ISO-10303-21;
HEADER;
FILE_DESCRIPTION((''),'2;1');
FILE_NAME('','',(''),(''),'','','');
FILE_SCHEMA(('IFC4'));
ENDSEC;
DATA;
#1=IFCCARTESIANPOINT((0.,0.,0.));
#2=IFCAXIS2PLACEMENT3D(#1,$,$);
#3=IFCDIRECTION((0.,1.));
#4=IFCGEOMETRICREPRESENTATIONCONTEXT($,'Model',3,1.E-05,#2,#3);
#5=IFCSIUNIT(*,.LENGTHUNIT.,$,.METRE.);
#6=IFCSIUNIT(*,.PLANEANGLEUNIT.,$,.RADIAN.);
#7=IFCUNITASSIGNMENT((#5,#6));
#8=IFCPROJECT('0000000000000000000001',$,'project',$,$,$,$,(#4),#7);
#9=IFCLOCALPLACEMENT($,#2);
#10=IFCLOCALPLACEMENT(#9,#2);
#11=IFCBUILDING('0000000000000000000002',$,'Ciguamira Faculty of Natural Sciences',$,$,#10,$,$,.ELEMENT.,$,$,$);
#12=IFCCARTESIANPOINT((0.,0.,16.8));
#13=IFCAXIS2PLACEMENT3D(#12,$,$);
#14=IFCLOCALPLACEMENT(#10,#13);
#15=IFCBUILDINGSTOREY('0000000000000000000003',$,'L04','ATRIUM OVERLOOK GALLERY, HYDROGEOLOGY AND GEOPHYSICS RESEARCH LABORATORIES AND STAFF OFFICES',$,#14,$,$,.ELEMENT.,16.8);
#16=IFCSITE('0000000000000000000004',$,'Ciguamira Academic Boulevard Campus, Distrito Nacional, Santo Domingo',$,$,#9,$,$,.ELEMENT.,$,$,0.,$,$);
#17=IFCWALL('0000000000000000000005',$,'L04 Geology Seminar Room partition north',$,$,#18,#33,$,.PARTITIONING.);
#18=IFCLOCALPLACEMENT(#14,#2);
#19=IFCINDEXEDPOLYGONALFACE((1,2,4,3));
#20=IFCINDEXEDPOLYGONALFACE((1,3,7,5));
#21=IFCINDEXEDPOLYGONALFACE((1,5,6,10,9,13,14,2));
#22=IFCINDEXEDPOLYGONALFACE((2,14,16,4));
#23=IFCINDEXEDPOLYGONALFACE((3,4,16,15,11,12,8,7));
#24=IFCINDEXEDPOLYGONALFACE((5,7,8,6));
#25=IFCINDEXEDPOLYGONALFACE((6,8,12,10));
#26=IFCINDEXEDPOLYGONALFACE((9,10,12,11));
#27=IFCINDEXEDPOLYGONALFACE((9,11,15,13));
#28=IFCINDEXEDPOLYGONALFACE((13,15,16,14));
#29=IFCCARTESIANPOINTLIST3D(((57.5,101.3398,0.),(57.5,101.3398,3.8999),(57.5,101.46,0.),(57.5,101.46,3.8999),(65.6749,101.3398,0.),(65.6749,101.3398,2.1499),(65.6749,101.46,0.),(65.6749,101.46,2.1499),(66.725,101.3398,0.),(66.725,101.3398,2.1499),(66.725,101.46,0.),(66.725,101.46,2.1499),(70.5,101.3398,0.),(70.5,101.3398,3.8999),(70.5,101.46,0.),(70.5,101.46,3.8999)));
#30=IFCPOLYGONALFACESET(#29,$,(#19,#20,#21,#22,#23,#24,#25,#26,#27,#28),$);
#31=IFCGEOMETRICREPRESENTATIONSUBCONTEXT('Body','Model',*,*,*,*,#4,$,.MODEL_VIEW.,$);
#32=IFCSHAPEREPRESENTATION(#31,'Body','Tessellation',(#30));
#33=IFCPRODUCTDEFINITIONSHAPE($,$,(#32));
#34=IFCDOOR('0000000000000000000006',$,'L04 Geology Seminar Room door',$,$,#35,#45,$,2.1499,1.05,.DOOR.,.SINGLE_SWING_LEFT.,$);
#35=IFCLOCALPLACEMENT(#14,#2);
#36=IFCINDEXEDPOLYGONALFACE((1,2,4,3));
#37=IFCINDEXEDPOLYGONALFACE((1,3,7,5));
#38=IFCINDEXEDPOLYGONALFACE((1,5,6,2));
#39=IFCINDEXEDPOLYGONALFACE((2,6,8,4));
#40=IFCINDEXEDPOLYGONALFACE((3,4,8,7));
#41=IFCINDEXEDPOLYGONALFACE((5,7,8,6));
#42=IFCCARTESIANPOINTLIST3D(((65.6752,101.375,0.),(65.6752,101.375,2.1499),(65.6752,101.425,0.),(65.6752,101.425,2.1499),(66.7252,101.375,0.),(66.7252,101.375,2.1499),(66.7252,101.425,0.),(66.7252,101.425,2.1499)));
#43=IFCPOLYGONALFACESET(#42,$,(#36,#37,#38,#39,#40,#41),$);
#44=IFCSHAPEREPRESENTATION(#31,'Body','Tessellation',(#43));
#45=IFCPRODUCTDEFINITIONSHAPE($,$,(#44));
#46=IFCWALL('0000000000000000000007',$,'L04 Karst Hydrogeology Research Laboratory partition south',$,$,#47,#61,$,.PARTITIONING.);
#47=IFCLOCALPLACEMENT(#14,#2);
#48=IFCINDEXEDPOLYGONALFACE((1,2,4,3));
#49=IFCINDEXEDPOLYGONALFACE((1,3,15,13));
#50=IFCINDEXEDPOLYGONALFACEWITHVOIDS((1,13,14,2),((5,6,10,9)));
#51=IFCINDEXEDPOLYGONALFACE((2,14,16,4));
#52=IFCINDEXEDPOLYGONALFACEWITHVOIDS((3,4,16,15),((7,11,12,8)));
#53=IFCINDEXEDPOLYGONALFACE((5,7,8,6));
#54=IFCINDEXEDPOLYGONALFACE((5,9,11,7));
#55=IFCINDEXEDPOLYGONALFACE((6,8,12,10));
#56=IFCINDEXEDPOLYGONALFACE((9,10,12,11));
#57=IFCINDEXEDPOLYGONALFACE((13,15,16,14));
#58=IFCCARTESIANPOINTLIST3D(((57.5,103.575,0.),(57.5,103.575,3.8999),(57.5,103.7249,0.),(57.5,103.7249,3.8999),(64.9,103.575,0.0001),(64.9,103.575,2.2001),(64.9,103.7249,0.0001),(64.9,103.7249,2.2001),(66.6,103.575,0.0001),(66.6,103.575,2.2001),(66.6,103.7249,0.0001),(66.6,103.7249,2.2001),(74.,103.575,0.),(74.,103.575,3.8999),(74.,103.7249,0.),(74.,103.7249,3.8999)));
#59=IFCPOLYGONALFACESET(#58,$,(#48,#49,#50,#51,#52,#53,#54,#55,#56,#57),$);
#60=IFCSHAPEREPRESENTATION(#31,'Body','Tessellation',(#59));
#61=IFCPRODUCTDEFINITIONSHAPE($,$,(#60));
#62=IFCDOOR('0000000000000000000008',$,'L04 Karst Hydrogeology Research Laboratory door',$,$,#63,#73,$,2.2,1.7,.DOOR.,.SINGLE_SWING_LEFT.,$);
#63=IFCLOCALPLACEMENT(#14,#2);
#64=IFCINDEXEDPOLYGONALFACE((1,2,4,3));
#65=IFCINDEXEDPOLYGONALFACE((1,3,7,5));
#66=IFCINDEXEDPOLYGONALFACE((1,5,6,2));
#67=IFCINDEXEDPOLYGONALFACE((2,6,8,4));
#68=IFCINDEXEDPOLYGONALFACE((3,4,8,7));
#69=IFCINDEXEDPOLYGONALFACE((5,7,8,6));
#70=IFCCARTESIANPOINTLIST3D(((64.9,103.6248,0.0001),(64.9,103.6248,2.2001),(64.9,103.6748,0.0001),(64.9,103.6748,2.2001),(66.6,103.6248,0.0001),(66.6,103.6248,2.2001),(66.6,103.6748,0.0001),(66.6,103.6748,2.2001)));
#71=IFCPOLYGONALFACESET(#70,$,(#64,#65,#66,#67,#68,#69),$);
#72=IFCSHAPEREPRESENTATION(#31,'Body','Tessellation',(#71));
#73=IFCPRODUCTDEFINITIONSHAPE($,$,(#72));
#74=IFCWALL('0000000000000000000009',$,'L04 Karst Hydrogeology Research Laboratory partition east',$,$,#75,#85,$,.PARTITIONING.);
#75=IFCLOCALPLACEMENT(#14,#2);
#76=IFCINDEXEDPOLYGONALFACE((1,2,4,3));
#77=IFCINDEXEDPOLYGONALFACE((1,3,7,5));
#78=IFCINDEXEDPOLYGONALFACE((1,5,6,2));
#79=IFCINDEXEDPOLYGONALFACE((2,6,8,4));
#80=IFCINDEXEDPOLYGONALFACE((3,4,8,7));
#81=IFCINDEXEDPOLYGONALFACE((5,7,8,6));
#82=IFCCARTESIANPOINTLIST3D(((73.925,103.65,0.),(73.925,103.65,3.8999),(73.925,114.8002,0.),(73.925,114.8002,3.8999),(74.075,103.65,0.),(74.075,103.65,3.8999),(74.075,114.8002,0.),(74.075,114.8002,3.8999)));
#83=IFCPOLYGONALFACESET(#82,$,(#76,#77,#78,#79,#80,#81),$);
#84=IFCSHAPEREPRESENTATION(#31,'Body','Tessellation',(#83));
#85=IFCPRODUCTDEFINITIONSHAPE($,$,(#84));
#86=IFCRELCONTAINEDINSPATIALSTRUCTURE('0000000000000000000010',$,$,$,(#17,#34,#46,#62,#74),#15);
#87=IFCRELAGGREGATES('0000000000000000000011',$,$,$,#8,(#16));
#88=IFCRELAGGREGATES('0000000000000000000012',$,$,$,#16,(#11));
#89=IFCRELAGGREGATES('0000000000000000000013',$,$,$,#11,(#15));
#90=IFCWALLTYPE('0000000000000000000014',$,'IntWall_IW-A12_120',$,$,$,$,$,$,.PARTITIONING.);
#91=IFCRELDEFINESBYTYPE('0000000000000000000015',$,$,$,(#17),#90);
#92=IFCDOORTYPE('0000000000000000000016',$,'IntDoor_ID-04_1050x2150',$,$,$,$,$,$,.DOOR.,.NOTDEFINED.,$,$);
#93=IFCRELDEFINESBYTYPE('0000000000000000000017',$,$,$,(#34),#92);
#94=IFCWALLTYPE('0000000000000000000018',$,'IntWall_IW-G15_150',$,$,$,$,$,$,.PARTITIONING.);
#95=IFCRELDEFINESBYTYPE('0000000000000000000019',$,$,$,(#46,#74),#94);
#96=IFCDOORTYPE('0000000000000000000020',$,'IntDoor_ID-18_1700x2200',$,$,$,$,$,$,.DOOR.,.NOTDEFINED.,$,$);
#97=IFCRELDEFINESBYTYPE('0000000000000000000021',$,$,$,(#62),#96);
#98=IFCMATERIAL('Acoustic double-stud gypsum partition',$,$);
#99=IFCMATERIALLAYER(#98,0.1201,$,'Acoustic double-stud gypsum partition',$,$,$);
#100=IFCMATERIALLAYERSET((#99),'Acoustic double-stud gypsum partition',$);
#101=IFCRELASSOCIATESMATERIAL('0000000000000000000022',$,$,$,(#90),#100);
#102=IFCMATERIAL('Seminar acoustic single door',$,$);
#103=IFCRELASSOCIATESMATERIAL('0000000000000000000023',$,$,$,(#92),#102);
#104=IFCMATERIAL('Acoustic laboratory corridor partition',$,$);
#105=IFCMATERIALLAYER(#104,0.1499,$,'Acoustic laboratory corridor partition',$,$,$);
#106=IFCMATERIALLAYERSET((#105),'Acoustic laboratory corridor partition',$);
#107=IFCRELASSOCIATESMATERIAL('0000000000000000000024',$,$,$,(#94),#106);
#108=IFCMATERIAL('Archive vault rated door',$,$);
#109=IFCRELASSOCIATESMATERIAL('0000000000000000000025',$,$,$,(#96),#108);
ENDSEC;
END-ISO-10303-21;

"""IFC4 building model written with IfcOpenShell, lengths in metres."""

from ifc_helpers import new_model, si_unit, direction, frame, frame_2d, origin, place, context, subcontext, project, spatial, rectangle, extrude, material, layer, layer_set, type_object, element, fill, save


model = new_model("IFC4")

# Units and contexts
model_context = context("Model", 3, precision=1e-05, world=origin(), true_north=direction((0.0, 1.0)))
body_context = subcontext(model_context, "Body", "Model", "MODEL_VIEW")
ifc_project = project(units=[si_unit("LENGTHUNIT", "METRE"), si_unit("PLANEANGLEUNIT", "RADIAN")], contexts=[model_context])

# Site, building, storey
site_placement = place(None, origin())
site = spatial("IfcSite", under=ifc_project, at=site_placement, Name="Ciguamira Academic Boulevard Campus, Distrito Nacional, Santo Domingo", CompositionType="ELEMENT", RefElevation=0.0)
building_placement = place(site_placement, origin())
building = spatial("IfcBuilding", under=site, at=building_placement, Name="Ciguamira Faculty of Natural Sciences", CompositionType="ELEMENT")
storey_placement = place(building_placement, frame((0.0, 0.0, 16.8)))
storey = spatial("IfcBuildingStorey", under=building, at=storey_placement, Name="L04", Description="ATRIUM OVERLOOK GALLERY, HYDROGEOLOGY AND GEOPHYSICS RESEARCH LABORATORIES AND STAFF OFFICES", CompositionType="ELEMENT", Elevation=16.8)

# Walls, openings, doors
ifc_material_1 = material(Name="Acoustic double-stud gypsum partition")
ifc_layer_1 = layer(ifc_material_1, 0.1201, Name="Acoustic double-stud gypsum partition")
ifc_layer_set_1 = layer_set([ifc_layer_1], Name="Acoustic double-stud gypsum partition")
wall_type_1 = type_object("IfcWallType", Name="IntWall_IW-A12_120", PredefinedType="PARTITIONING", material=ifc_layer_set_1)
wall_1_placement = place(storey_placement, frame((57.5, 101.3999, 0.0), z_axis=(0.0, 0.0, 1.0), x_axis=(1.0, 0.0, 0.0)))
wall_1 = element("IfcWall", 1, at=wall_1_placement, inside=storey, type_object=wall_type_1, Name="L04 Geology Seminar Room partition north", PredefinedType="PARTITIONING", context=body_context, shape_type="SweptSolid", body=[
    extrude(rectangle(XDim=13.0, YDim=0.1201, at=frame_2d((6.5, 0.0))), origin(), (0.0, 0.0, 1.0), 3.8999),
])
opening_1_placement = place(wall_1_placement, frame((8.175, 0.0, 0.0)))
opening_1 = element("IfcOpeningElement", 2, at=opening_1_placement, cuts=wall_1, PredefinedType="OPENING", context=body_context, shape_type="SweptSolid", body=[
    extrude(rectangle(XDim=1.05, YDim=2.1499, at=frame_2d((0.5249, 1.075))), frame((0.0, 0.0701, 0.0), z_axis=(0.0, -1.0, 0.0), x_axis=(1.0, 0.0, 0.0)), (0.0, 0.0, 1.0), 0.1401),
])
ifc_material_2 = material(Name="Seminar acoustic single door")
door_type_1 = type_object("IfcDoorType", Name="IntDoor_ID-04_1050x2150", OperationType="NOTDEFINED", PredefinedType="DOOR", material=ifc_material_2)
door_1_placement = place(opening_1_placement, frame((1.05, 0.0, 0.0), z_axis=(0.0, 0.0, 1.0), x_axis=(-1.0, 0.0, 0.0)))
door_1 = element("IfcDoor", 3, at=door_1_placement, inside=storey, type_object=door_type_1, Name="L04 Geology Seminar Room door", OperationType="SINGLE_SWING_LEFT", OverallHeight=2.1499, OverallWidth=1.05, PredefinedType="DOOR", context=body_context, shape_type="SweptSolid", body=[
    extrude(rectangle(XDim=1.05, YDim=2.1499, at=frame_2d((0.5249, 1.075))), frame((0.0, 0.0249, 0.0), z_axis=(0.0, -1.0, 0.0), x_axis=(1.0, 0.0, 0.0)), (0.0, 0.0, 1.0), 0.05),
])
fill(opening_1, door_1)
ifc_material_3 = material(Name="Acoustic laboratory corridor partition")
ifc_layer_2 = layer(ifc_material_3, 0.1499, Name="Acoustic laboratory corridor partition")
ifc_layer_set_2 = layer_set([ifc_layer_2], Name="Acoustic laboratory corridor partition")
wall_type_2 = type_object("IfcWallType", Name="IntWall_IW-G15_150", PredefinedType="PARTITIONING", material=ifc_layer_set_2)
wall_2_placement = place(storey_placement, frame((57.5, 103.6499, 0.0), z_axis=(0.0, 0.0, 1.0), x_axis=(1.0, 0.0, 0.0)))
wall_2 = element("IfcWall", 4, at=wall_2_placement, inside=storey, type_object=wall_type_2, Name="L04 Karst Hydrogeology Research Laboratory partition south", PredefinedType="PARTITIONING", context=body_context, shape_type="SweptSolid", body=[
    extrude(rectangle(XDim=16.5, YDim=0.1499, at=frame_2d((8.25, 0.0))), origin(), (0.0, 0.0, 1.0), 3.8999),
])
opening_2_placement = place(wall_2_placement, frame((7.3999, 0.0, 0.0)))
opening_2 = element("IfcOpeningElement", 5, at=opening_2_placement, cuts=wall_2, PredefinedType="OPENING", context=body_context, shape_type="SweptSolid", body=[
    extrude(rectangle(XDim=1.7, YDim=2.2, at=frame_2d((0.8501, 1.1001))), frame((0.0, 0.085, 0.0), z_axis=(0.0, -1.0, 0.0), x_axis=(1.0, 0.0, 0.0)), (0.0, 0.0, 1.0), 0.1699),
])
ifc_material_4 = material(Name="Archive vault rated door")
door_type_2 = type_object("IfcDoorType", Name="IntDoor_ID-18_1700x2200", OperationType="NOTDEFINED", PredefinedType="DOOR", material=ifc_material_4)
door_2_placement = place(opening_2_placement, origin())
door_2 = element("IfcDoor", 6, at=door_2_placement, inside=storey, type_object=door_type_2, Name="L04 Karst Hydrogeology Research Laboratory door", OperationType="SINGLE_SWING_LEFT", OverallHeight=2.2, OverallWidth=1.7, PredefinedType="DOOR", context=body_context, shape_type="SweptSolid", body=[
    extrude(rectangle(XDim=1.7, YDim=2.2, at=frame_2d((0.8501, 1.1001))), frame((0.0, 0.0249, 0.0), z_axis=(0.0, -1.0, 0.0), x_axis=(1.0, 0.0, 0.0)), (0.0, 0.0, 1.0), 0.05),
])
fill(opening_2, door_2)

# Wall
wall_3_placement = place(storey_placement, frame((74.0, 103.6499, 0.0), z_axis=(0.0, 0.0, 1.0), x_axis=(0.0, 1.0, 0.0)))
element("IfcWall", 7, at=wall_3_placement, inside=storey, type_object=wall_type_2, Name="L04 Karst Hydrogeology Research Laboratory partition east", PredefinedType="PARTITIONING", context=body_context, shape_type="SweptSolid", body=[
    extrude(rectangle(XDim=11.1501, YDim=0.1499, at=frame_2d((5.5752, 0.0))), origin(), (0.0, 0.0, 1.0), 3.8999),
])

save(model, "model.ifc")
